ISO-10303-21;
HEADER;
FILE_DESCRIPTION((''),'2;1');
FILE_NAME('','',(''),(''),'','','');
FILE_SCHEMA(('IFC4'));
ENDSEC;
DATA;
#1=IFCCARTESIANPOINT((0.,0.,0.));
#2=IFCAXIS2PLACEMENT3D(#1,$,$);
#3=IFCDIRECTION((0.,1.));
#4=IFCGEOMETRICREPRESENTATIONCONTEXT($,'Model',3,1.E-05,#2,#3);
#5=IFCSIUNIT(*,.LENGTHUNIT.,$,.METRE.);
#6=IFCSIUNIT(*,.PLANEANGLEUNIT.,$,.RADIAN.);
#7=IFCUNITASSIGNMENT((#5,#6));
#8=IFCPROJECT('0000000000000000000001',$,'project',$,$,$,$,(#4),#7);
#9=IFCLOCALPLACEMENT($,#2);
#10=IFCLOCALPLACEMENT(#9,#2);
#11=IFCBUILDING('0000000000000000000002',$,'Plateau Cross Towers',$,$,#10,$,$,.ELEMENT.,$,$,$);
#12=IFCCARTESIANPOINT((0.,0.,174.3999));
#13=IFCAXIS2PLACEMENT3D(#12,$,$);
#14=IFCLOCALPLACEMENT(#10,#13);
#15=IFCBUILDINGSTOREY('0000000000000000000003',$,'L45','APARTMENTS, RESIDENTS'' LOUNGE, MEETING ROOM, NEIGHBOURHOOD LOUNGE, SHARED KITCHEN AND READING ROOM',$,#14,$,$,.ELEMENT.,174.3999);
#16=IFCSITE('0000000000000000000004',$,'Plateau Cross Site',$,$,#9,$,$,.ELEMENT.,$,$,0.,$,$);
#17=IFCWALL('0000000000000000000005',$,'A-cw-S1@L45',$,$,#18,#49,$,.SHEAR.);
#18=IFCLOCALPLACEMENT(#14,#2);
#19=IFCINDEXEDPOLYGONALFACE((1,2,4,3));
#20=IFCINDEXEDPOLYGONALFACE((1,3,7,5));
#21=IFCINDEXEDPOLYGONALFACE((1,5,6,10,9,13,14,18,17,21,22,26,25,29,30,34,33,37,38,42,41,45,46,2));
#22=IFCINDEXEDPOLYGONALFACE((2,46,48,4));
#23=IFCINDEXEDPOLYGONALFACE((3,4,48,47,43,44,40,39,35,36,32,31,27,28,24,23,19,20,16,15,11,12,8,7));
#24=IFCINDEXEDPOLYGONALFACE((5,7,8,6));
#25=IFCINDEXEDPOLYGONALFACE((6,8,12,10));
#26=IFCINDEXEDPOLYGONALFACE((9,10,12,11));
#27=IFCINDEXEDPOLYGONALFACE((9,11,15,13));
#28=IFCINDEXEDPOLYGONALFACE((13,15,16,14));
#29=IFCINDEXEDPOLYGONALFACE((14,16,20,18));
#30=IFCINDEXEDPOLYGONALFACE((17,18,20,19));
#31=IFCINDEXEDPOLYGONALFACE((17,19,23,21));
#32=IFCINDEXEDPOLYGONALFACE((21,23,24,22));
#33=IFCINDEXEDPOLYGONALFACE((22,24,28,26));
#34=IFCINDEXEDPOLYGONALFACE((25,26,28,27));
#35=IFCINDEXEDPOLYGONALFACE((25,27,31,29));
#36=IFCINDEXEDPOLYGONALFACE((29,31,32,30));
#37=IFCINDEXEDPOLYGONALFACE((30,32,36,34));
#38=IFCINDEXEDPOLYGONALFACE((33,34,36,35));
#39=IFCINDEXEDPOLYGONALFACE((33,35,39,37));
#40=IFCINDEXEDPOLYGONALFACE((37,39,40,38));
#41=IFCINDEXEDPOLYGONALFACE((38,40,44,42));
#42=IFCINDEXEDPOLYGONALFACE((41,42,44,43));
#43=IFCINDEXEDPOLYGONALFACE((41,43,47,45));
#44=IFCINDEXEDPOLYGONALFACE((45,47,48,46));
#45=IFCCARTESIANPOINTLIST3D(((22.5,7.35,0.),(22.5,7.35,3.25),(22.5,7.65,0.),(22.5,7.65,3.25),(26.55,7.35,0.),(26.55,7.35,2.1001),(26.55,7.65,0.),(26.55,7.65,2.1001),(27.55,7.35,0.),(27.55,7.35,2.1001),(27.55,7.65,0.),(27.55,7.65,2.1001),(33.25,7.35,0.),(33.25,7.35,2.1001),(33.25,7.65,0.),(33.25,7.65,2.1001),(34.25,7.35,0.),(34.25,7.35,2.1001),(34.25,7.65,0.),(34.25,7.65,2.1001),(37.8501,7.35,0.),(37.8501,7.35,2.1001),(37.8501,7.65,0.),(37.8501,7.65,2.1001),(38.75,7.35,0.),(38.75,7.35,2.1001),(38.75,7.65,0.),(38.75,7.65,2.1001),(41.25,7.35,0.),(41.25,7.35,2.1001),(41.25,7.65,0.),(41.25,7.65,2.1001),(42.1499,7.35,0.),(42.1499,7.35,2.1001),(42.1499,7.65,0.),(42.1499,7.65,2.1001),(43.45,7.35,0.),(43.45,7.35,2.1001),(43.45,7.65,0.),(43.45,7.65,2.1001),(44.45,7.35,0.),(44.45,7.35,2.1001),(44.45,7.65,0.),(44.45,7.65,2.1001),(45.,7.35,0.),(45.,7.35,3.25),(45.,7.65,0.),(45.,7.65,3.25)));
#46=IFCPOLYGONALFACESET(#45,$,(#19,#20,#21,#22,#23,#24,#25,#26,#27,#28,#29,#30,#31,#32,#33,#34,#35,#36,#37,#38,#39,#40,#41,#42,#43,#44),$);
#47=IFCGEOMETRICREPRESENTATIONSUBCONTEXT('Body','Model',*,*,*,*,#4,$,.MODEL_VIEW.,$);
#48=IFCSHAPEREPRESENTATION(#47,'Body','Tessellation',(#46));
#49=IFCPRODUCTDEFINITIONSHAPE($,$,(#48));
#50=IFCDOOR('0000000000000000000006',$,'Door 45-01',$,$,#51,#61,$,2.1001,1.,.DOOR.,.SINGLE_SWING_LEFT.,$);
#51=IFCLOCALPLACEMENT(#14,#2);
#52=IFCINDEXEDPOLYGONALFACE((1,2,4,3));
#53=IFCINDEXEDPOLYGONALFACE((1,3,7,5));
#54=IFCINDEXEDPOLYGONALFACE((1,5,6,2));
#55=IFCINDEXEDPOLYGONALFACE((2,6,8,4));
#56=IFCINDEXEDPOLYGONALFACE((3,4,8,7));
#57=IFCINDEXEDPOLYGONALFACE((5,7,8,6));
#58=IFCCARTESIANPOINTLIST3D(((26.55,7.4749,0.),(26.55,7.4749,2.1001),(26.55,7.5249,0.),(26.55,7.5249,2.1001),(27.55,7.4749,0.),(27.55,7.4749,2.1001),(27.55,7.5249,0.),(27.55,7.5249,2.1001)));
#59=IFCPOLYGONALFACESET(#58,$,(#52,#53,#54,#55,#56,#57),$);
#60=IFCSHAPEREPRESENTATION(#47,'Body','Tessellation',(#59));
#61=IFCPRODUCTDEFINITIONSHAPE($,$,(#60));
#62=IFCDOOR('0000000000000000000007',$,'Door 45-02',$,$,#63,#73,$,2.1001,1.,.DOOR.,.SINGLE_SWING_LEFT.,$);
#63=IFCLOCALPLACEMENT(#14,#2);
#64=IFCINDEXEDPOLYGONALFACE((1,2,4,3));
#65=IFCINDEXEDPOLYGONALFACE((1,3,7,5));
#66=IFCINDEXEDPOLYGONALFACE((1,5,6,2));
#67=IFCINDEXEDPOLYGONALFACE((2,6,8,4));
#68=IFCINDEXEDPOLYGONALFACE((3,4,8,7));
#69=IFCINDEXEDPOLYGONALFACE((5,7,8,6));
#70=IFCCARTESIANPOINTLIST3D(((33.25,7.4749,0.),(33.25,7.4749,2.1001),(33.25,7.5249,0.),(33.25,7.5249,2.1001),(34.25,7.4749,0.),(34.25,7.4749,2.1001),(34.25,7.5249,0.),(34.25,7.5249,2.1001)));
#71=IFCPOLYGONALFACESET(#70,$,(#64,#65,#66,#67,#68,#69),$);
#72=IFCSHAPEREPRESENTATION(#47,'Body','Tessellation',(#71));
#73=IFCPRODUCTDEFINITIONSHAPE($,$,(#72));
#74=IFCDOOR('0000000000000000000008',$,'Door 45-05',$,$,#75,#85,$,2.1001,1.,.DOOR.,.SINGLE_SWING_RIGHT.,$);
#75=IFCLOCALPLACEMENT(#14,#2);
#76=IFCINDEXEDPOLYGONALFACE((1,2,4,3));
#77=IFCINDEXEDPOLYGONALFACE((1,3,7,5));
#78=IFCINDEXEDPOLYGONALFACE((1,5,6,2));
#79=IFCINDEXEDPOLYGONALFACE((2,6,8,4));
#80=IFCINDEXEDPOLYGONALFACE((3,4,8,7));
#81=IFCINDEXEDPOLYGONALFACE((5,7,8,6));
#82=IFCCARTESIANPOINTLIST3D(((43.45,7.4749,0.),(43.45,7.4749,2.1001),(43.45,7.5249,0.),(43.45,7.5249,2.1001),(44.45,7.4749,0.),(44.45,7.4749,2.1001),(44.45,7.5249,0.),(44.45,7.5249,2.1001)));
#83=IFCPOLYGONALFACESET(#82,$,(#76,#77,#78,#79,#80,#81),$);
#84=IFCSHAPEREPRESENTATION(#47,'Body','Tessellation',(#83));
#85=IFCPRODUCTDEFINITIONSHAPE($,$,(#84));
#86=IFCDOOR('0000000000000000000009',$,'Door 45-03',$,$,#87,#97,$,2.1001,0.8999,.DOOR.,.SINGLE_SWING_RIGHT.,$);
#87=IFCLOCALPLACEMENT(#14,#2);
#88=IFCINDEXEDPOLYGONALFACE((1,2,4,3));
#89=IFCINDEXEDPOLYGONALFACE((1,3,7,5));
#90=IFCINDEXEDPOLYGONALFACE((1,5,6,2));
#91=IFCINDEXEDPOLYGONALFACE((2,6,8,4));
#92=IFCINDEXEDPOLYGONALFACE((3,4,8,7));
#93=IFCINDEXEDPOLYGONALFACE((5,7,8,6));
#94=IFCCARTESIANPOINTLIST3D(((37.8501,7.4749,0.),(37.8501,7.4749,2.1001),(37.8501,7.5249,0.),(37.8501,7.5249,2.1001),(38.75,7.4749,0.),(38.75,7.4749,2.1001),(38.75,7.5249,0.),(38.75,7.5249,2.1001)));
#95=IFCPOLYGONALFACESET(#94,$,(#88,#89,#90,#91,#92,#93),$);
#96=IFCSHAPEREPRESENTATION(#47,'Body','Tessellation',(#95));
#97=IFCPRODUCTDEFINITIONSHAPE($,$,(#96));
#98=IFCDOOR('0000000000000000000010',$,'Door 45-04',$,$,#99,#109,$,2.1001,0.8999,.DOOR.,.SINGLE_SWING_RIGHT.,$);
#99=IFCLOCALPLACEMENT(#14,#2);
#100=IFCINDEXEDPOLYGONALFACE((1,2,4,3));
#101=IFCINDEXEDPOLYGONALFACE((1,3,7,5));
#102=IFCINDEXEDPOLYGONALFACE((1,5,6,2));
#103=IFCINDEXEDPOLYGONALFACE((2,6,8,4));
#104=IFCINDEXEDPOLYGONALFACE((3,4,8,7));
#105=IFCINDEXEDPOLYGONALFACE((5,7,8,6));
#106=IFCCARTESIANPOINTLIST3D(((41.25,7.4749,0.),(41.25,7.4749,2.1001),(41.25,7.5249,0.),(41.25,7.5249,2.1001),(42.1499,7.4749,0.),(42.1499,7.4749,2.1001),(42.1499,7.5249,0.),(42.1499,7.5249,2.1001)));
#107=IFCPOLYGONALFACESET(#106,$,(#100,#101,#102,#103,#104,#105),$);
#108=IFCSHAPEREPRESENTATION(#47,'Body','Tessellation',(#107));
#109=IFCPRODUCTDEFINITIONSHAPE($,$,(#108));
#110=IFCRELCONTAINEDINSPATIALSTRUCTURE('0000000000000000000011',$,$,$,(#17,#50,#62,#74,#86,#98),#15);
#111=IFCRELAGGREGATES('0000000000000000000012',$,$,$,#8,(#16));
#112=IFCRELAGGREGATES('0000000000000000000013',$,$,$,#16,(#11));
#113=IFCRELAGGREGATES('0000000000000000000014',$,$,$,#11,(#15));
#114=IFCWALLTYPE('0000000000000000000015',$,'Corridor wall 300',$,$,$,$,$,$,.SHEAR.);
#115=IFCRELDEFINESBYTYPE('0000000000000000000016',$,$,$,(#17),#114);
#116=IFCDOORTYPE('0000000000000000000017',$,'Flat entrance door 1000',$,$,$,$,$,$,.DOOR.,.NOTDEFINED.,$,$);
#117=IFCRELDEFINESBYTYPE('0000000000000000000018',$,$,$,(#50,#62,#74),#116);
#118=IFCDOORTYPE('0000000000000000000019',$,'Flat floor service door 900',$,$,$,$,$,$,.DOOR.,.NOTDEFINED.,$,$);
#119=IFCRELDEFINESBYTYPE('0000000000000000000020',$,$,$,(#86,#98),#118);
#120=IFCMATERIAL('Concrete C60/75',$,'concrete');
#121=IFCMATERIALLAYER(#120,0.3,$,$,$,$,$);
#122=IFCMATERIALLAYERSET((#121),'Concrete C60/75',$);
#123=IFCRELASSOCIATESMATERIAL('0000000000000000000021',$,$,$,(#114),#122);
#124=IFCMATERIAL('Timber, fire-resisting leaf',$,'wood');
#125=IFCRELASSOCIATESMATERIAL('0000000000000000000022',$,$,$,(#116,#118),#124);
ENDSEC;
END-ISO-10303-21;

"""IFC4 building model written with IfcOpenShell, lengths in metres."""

from ifc_helpers import new_model, si_unit, direction, frame, frame_2d, origin, place, context, subcontext, project, spatial, rectangle, extrude, material, layer, layer_set, type_object, element, fill, save


model = new_model("IFC4")

# Units and contexts
model_context = context("Model", 3, precision=1e-05, world=origin(), true_north=direction((0.0, 1.0)))
body_context = subcontext(model_context, "Body", "Model", "MODEL_VIEW")
ifc_project = project(units=[si_unit("LENGTHUNIT", "METRE"), si_unit("PLANEANGLEUNIT", "RADIAN")], contexts=[model_context])

# Site, building, storey
site_placement = place(None, origin())
site = spatial("IfcSite", under=ifc_project, at=site_placement, Name="Plateau Cross Site", CompositionType="ELEMENT", RefElevation=0.0)
building_placement = place(site_placement, origin())
building = spatial("IfcBuilding", under=site, at=building_placement, Name="Plateau Cross Towers", CompositionType="ELEMENT")
storey_placement = place(building_placement, frame((0.0, 0.0, 174.3999)))
storey = spatial("IfcBuildingStorey", under=building, at=storey_placement, Name="L45", Description="APARTMENTS, RESIDENTS' LOUNGE, MEETING ROOM, NEIGHBOURHOOD LOUNGE, SHARED KITCHEN AND READING ROOM", CompositionType="ELEMENT", Elevation=174.3999)

# Shared definitions
ifc_material_1 = material(Name="Concrete C60/75", Category="concrete")

# Wall, openings, doors
ifc_layer_1 = layer(ifc_material_1, 0.3)
ifc_layer_set_1 = layer_set([ifc_layer_1], Name="Concrete C60/75")
wall_type_1 = type_object("IfcWallType", Name="Corridor wall 300", PredefinedType="SHEAR", material=ifc_layer_set_1)
wall_1_placement = place(storey_placement, frame((22.5, 7.5, 0.0), z_axis=(0.0, 0.0, 1.0), x_axis=(1.0, 0.0, 0.0)))
wall_1 = element("IfcWall", 1, at=wall_1_placement, inside=storey, type_object=wall_type_1, Name="A-cw-S1@L45", PredefinedType="SHEAR", context=body_context, shape_type="SweptSolid", body=[
    extrude(rectangle(XDim=22.5, YDim=0.3, at=frame_2d((11.25, 0.0))), origin(), (0.0, 0.0, 1.0), 3.25),
])
opening_1_placement = place(wall_1_placement, frame((4.05, 0.0, 0.0)))
opening_1 = element("IfcOpeningElement", 2, at=opening_1_placement, cuts=wall_1, PredefinedType="OPENING", context=body_context, shape_type="SweptSolid", body=[
    extrude(rectangle(XDim=1.0, YDim=2.1001, at=frame_2d((0.5, 1.05))), frame((0.0, 0.1599, 0.0), z_axis=(0.0, -1.0, 0.0), x_axis=(1.0, 0.0, 0.0)), (0.0, 0.0, 1.0), 0.3201),
])
opening_2_placement = place(wall_1_placement, frame((10.75, 0.0, 0.0)))
opening_2 = element("IfcOpeningElement", 3, at=opening_2_placement, cuts=wall_1, PredefinedType="OPENING", context=body_context, shape_type="SweptSolid", body=[
    extrude(rectangle(XDim=1.0, YDim=2.1001, at=frame_2d((0.5, 1.05))), frame((0.0, 0.1599, 0.0), z_axis=(0.0, -1.0, 0.0), x_axis=(1.0, 0.0, 0.0)), (0.0, 0.0, 1.0), 0.3201),
])
opening_3_placement = place(wall_1_placement, frame((15.3501, 0.0, 0.0)))
opening_3 = element("IfcOpeningElement", 4, at=opening_3_placement, cuts=wall_1, PredefinedType="OPENING", context=body_context, shape_type="SweptSolid", body=[
    extrude(rectangle(XDim=0.8999, YDim=2.1001, at=frame_2d((0.45, 1.05))), frame((0.0, 0.1599, 0.0), z_axis=(0.0, -1.0, 0.0), x_axis=(1.0, 0.0, 0.0)), (0.0, 0.0, 1.0), 0.3201),
])
opening_4_placement = place(wall_1_placement, frame((18.75, 0.0, 0.0)))
opening_4 = element("IfcOpeningElement", 5, at=opening_4_placement, cuts=wall_1, PredefinedType="OPENING", context=body_context, shape_type="SweptSolid", body=[
    extrude(rectangle(XDim=0.8999, YDim=2.1001, at=frame_2d((0.45, 1.05))), frame((0.0, 0.1599, 0.0), z_axis=(0.0, -1.0, 0.0), x_axis=(1.0, 0.0, 0.0)), (0.0, 0.0, 1.0), 0.3201),
])
opening_5_placement = place(wall_1_placement, frame((20.95, 0.0, 0.0)))
opening_5 = element("IfcOpeningElement", 6, at=opening_5_placement, cuts=wall_1, PredefinedType="OPENING", context=body_context, shape_type="SweptSolid", body=[
    extrude(rectangle(XDim=1.0, YDim=2.1001, at=frame_2d((0.5, 1.05))), frame((0.0, 0.1599, 0.0), z_axis=(0.0, -1.0, 0.0), x_axis=(1.0, 0.0, 0.0)), (0.0, 0.0, 1.0), 0.3201),
])
ifc_material_2 = material(Name="Timber, fire-resisting leaf", Category="wood")
door_type_1 = type_object("IfcDoorType", Name="Flat entrance door 1000", OperationType="NOTDEFINED", PredefinedType="DOOR", material=ifc_material_2)
door_1_placement = place(opening_1_placement, origin())
door_1 = element("IfcDoor", 7, at=door_1_placement, inside=storey, type_object=door_type_1, Name="Door 45-01", OperationType="SINGLE_SWING_LEFT", OverallHeight=2.1001, OverallWidth=1.0, PredefinedType="DOOR", context=body_context, shape_type="SweptSolid", body=[
    extrude(rectangle(XDim=1.0, YDim=2.1001, at=frame_2d((0.5, 1.05))), frame((0.0, 0.0249, 0.0), z_axis=(0.0, -1.0, 0.0), x_axis=(1.0, 0.0, 0.0)), (0.0, 0.0, 1.0), 0.05),
])
fill(opening_1, door_1)
door_2_placement = place(opening_2_placement, origin())
door_2 = element("IfcDoor", 8, at=door_2_placement, inside=storey, type_object=door_type_1, Name="Door 45-02", OperationType="SINGLE_SWING_LEFT", OverallHeight=2.1001, OverallWidth=1.0, PredefinedType="DOOR", context=body_context, shape_type="SweptSolid", body=[
    extrude(rectangle(XDim=1.0, YDim=2.1001, at=frame_2d((0.5, 1.05))), frame((0.0, 0.0249, 0.0), z_axis=(0.0, -1.0, 0.0), x_axis=(1.0, 0.0, 0.0)), (0.0, 0.0, 1.0), 0.05),
])
fill(opening_2, door_2)
door_3_placement = place(opening_5_placement, origin())
door_3 = element("IfcDoor", 9, at=door_3_placement, inside=storey, type_object=door_type_1, Name="Door 45-05", OperationType="SINGLE_SWING_RIGHT", OverallHeight=2.1001, OverallWidth=1.0, PredefinedType="DOOR", context=body_context, shape_type="SweptSolid", body=[
    extrude(rectangle(XDim=1.0, YDim=2.1001, at=frame_2d((0.5, 1.05))), frame((0.0, 0.0249, 0.0), z_axis=(0.0, -1.0, 0.0), x_axis=(1.0, 0.0, 0.0)), (0.0, 0.0, 1.0), 0.05),
])
fill(opening_5, door_3)
door_type_2 = type_object("IfcDoorType", Name="Flat floor service door 900", OperationType="NOTDEFINED", PredefinedType="DOOR", material=ifc_material_2)
door_4_placement = place(opening_3_placement, origin())
door_4 = element("IfcDoor", 10, at=door_4_placement, inside=storey, type_object=door_type_2, Name="Door 45-03", OperationType="SINGLE_SWING_RIGHT", OverallHeight=2.1001, OverallWidth=0.8999, PredefinedType="DOOR", context=body_context, shape_type="SweptSolid", body=[
    extrude(rectangle(XDim=0.8999, YDim=2.1001, at=frame_2d((0.45, 1.05))), frame((0.0, 0.0249, 0.0), z_axis=(0.0, -1.0, 0.0), x_axis=(1.0, 0.0, 0.0)), (0.0, 0.0, 1.0), 0.05),
])
fill(opening_3, door_4)
door_5_placement = place(opening_4_placement, origin())
door_5 = element("IfcDoor", 11, at=door_5_placement, inside=storey, type_object=door_type_2, Name="Door 45-04", OperationType="SINGLE_SWING_RIGHT", OverallHeight=2.1001, OverallWidth=0.8999, PredefinedType="DOOR", context=body_context, shape_type="SweptSolid", body=[
    extrude(rectangle(XDim=0.8999, YDim=2.1001, at=frame_2d((0.45, 1.05))), frame((0.0, 0.0249, 0.0), z_axis=(0.0, -1.0, 0.0), x_axis=(1.0, 0.0, 0.0)), (0.0, 0.0, 1.0), 0.05),
])
fill(opening_4, door_5)

save(model, "model.ifc")
